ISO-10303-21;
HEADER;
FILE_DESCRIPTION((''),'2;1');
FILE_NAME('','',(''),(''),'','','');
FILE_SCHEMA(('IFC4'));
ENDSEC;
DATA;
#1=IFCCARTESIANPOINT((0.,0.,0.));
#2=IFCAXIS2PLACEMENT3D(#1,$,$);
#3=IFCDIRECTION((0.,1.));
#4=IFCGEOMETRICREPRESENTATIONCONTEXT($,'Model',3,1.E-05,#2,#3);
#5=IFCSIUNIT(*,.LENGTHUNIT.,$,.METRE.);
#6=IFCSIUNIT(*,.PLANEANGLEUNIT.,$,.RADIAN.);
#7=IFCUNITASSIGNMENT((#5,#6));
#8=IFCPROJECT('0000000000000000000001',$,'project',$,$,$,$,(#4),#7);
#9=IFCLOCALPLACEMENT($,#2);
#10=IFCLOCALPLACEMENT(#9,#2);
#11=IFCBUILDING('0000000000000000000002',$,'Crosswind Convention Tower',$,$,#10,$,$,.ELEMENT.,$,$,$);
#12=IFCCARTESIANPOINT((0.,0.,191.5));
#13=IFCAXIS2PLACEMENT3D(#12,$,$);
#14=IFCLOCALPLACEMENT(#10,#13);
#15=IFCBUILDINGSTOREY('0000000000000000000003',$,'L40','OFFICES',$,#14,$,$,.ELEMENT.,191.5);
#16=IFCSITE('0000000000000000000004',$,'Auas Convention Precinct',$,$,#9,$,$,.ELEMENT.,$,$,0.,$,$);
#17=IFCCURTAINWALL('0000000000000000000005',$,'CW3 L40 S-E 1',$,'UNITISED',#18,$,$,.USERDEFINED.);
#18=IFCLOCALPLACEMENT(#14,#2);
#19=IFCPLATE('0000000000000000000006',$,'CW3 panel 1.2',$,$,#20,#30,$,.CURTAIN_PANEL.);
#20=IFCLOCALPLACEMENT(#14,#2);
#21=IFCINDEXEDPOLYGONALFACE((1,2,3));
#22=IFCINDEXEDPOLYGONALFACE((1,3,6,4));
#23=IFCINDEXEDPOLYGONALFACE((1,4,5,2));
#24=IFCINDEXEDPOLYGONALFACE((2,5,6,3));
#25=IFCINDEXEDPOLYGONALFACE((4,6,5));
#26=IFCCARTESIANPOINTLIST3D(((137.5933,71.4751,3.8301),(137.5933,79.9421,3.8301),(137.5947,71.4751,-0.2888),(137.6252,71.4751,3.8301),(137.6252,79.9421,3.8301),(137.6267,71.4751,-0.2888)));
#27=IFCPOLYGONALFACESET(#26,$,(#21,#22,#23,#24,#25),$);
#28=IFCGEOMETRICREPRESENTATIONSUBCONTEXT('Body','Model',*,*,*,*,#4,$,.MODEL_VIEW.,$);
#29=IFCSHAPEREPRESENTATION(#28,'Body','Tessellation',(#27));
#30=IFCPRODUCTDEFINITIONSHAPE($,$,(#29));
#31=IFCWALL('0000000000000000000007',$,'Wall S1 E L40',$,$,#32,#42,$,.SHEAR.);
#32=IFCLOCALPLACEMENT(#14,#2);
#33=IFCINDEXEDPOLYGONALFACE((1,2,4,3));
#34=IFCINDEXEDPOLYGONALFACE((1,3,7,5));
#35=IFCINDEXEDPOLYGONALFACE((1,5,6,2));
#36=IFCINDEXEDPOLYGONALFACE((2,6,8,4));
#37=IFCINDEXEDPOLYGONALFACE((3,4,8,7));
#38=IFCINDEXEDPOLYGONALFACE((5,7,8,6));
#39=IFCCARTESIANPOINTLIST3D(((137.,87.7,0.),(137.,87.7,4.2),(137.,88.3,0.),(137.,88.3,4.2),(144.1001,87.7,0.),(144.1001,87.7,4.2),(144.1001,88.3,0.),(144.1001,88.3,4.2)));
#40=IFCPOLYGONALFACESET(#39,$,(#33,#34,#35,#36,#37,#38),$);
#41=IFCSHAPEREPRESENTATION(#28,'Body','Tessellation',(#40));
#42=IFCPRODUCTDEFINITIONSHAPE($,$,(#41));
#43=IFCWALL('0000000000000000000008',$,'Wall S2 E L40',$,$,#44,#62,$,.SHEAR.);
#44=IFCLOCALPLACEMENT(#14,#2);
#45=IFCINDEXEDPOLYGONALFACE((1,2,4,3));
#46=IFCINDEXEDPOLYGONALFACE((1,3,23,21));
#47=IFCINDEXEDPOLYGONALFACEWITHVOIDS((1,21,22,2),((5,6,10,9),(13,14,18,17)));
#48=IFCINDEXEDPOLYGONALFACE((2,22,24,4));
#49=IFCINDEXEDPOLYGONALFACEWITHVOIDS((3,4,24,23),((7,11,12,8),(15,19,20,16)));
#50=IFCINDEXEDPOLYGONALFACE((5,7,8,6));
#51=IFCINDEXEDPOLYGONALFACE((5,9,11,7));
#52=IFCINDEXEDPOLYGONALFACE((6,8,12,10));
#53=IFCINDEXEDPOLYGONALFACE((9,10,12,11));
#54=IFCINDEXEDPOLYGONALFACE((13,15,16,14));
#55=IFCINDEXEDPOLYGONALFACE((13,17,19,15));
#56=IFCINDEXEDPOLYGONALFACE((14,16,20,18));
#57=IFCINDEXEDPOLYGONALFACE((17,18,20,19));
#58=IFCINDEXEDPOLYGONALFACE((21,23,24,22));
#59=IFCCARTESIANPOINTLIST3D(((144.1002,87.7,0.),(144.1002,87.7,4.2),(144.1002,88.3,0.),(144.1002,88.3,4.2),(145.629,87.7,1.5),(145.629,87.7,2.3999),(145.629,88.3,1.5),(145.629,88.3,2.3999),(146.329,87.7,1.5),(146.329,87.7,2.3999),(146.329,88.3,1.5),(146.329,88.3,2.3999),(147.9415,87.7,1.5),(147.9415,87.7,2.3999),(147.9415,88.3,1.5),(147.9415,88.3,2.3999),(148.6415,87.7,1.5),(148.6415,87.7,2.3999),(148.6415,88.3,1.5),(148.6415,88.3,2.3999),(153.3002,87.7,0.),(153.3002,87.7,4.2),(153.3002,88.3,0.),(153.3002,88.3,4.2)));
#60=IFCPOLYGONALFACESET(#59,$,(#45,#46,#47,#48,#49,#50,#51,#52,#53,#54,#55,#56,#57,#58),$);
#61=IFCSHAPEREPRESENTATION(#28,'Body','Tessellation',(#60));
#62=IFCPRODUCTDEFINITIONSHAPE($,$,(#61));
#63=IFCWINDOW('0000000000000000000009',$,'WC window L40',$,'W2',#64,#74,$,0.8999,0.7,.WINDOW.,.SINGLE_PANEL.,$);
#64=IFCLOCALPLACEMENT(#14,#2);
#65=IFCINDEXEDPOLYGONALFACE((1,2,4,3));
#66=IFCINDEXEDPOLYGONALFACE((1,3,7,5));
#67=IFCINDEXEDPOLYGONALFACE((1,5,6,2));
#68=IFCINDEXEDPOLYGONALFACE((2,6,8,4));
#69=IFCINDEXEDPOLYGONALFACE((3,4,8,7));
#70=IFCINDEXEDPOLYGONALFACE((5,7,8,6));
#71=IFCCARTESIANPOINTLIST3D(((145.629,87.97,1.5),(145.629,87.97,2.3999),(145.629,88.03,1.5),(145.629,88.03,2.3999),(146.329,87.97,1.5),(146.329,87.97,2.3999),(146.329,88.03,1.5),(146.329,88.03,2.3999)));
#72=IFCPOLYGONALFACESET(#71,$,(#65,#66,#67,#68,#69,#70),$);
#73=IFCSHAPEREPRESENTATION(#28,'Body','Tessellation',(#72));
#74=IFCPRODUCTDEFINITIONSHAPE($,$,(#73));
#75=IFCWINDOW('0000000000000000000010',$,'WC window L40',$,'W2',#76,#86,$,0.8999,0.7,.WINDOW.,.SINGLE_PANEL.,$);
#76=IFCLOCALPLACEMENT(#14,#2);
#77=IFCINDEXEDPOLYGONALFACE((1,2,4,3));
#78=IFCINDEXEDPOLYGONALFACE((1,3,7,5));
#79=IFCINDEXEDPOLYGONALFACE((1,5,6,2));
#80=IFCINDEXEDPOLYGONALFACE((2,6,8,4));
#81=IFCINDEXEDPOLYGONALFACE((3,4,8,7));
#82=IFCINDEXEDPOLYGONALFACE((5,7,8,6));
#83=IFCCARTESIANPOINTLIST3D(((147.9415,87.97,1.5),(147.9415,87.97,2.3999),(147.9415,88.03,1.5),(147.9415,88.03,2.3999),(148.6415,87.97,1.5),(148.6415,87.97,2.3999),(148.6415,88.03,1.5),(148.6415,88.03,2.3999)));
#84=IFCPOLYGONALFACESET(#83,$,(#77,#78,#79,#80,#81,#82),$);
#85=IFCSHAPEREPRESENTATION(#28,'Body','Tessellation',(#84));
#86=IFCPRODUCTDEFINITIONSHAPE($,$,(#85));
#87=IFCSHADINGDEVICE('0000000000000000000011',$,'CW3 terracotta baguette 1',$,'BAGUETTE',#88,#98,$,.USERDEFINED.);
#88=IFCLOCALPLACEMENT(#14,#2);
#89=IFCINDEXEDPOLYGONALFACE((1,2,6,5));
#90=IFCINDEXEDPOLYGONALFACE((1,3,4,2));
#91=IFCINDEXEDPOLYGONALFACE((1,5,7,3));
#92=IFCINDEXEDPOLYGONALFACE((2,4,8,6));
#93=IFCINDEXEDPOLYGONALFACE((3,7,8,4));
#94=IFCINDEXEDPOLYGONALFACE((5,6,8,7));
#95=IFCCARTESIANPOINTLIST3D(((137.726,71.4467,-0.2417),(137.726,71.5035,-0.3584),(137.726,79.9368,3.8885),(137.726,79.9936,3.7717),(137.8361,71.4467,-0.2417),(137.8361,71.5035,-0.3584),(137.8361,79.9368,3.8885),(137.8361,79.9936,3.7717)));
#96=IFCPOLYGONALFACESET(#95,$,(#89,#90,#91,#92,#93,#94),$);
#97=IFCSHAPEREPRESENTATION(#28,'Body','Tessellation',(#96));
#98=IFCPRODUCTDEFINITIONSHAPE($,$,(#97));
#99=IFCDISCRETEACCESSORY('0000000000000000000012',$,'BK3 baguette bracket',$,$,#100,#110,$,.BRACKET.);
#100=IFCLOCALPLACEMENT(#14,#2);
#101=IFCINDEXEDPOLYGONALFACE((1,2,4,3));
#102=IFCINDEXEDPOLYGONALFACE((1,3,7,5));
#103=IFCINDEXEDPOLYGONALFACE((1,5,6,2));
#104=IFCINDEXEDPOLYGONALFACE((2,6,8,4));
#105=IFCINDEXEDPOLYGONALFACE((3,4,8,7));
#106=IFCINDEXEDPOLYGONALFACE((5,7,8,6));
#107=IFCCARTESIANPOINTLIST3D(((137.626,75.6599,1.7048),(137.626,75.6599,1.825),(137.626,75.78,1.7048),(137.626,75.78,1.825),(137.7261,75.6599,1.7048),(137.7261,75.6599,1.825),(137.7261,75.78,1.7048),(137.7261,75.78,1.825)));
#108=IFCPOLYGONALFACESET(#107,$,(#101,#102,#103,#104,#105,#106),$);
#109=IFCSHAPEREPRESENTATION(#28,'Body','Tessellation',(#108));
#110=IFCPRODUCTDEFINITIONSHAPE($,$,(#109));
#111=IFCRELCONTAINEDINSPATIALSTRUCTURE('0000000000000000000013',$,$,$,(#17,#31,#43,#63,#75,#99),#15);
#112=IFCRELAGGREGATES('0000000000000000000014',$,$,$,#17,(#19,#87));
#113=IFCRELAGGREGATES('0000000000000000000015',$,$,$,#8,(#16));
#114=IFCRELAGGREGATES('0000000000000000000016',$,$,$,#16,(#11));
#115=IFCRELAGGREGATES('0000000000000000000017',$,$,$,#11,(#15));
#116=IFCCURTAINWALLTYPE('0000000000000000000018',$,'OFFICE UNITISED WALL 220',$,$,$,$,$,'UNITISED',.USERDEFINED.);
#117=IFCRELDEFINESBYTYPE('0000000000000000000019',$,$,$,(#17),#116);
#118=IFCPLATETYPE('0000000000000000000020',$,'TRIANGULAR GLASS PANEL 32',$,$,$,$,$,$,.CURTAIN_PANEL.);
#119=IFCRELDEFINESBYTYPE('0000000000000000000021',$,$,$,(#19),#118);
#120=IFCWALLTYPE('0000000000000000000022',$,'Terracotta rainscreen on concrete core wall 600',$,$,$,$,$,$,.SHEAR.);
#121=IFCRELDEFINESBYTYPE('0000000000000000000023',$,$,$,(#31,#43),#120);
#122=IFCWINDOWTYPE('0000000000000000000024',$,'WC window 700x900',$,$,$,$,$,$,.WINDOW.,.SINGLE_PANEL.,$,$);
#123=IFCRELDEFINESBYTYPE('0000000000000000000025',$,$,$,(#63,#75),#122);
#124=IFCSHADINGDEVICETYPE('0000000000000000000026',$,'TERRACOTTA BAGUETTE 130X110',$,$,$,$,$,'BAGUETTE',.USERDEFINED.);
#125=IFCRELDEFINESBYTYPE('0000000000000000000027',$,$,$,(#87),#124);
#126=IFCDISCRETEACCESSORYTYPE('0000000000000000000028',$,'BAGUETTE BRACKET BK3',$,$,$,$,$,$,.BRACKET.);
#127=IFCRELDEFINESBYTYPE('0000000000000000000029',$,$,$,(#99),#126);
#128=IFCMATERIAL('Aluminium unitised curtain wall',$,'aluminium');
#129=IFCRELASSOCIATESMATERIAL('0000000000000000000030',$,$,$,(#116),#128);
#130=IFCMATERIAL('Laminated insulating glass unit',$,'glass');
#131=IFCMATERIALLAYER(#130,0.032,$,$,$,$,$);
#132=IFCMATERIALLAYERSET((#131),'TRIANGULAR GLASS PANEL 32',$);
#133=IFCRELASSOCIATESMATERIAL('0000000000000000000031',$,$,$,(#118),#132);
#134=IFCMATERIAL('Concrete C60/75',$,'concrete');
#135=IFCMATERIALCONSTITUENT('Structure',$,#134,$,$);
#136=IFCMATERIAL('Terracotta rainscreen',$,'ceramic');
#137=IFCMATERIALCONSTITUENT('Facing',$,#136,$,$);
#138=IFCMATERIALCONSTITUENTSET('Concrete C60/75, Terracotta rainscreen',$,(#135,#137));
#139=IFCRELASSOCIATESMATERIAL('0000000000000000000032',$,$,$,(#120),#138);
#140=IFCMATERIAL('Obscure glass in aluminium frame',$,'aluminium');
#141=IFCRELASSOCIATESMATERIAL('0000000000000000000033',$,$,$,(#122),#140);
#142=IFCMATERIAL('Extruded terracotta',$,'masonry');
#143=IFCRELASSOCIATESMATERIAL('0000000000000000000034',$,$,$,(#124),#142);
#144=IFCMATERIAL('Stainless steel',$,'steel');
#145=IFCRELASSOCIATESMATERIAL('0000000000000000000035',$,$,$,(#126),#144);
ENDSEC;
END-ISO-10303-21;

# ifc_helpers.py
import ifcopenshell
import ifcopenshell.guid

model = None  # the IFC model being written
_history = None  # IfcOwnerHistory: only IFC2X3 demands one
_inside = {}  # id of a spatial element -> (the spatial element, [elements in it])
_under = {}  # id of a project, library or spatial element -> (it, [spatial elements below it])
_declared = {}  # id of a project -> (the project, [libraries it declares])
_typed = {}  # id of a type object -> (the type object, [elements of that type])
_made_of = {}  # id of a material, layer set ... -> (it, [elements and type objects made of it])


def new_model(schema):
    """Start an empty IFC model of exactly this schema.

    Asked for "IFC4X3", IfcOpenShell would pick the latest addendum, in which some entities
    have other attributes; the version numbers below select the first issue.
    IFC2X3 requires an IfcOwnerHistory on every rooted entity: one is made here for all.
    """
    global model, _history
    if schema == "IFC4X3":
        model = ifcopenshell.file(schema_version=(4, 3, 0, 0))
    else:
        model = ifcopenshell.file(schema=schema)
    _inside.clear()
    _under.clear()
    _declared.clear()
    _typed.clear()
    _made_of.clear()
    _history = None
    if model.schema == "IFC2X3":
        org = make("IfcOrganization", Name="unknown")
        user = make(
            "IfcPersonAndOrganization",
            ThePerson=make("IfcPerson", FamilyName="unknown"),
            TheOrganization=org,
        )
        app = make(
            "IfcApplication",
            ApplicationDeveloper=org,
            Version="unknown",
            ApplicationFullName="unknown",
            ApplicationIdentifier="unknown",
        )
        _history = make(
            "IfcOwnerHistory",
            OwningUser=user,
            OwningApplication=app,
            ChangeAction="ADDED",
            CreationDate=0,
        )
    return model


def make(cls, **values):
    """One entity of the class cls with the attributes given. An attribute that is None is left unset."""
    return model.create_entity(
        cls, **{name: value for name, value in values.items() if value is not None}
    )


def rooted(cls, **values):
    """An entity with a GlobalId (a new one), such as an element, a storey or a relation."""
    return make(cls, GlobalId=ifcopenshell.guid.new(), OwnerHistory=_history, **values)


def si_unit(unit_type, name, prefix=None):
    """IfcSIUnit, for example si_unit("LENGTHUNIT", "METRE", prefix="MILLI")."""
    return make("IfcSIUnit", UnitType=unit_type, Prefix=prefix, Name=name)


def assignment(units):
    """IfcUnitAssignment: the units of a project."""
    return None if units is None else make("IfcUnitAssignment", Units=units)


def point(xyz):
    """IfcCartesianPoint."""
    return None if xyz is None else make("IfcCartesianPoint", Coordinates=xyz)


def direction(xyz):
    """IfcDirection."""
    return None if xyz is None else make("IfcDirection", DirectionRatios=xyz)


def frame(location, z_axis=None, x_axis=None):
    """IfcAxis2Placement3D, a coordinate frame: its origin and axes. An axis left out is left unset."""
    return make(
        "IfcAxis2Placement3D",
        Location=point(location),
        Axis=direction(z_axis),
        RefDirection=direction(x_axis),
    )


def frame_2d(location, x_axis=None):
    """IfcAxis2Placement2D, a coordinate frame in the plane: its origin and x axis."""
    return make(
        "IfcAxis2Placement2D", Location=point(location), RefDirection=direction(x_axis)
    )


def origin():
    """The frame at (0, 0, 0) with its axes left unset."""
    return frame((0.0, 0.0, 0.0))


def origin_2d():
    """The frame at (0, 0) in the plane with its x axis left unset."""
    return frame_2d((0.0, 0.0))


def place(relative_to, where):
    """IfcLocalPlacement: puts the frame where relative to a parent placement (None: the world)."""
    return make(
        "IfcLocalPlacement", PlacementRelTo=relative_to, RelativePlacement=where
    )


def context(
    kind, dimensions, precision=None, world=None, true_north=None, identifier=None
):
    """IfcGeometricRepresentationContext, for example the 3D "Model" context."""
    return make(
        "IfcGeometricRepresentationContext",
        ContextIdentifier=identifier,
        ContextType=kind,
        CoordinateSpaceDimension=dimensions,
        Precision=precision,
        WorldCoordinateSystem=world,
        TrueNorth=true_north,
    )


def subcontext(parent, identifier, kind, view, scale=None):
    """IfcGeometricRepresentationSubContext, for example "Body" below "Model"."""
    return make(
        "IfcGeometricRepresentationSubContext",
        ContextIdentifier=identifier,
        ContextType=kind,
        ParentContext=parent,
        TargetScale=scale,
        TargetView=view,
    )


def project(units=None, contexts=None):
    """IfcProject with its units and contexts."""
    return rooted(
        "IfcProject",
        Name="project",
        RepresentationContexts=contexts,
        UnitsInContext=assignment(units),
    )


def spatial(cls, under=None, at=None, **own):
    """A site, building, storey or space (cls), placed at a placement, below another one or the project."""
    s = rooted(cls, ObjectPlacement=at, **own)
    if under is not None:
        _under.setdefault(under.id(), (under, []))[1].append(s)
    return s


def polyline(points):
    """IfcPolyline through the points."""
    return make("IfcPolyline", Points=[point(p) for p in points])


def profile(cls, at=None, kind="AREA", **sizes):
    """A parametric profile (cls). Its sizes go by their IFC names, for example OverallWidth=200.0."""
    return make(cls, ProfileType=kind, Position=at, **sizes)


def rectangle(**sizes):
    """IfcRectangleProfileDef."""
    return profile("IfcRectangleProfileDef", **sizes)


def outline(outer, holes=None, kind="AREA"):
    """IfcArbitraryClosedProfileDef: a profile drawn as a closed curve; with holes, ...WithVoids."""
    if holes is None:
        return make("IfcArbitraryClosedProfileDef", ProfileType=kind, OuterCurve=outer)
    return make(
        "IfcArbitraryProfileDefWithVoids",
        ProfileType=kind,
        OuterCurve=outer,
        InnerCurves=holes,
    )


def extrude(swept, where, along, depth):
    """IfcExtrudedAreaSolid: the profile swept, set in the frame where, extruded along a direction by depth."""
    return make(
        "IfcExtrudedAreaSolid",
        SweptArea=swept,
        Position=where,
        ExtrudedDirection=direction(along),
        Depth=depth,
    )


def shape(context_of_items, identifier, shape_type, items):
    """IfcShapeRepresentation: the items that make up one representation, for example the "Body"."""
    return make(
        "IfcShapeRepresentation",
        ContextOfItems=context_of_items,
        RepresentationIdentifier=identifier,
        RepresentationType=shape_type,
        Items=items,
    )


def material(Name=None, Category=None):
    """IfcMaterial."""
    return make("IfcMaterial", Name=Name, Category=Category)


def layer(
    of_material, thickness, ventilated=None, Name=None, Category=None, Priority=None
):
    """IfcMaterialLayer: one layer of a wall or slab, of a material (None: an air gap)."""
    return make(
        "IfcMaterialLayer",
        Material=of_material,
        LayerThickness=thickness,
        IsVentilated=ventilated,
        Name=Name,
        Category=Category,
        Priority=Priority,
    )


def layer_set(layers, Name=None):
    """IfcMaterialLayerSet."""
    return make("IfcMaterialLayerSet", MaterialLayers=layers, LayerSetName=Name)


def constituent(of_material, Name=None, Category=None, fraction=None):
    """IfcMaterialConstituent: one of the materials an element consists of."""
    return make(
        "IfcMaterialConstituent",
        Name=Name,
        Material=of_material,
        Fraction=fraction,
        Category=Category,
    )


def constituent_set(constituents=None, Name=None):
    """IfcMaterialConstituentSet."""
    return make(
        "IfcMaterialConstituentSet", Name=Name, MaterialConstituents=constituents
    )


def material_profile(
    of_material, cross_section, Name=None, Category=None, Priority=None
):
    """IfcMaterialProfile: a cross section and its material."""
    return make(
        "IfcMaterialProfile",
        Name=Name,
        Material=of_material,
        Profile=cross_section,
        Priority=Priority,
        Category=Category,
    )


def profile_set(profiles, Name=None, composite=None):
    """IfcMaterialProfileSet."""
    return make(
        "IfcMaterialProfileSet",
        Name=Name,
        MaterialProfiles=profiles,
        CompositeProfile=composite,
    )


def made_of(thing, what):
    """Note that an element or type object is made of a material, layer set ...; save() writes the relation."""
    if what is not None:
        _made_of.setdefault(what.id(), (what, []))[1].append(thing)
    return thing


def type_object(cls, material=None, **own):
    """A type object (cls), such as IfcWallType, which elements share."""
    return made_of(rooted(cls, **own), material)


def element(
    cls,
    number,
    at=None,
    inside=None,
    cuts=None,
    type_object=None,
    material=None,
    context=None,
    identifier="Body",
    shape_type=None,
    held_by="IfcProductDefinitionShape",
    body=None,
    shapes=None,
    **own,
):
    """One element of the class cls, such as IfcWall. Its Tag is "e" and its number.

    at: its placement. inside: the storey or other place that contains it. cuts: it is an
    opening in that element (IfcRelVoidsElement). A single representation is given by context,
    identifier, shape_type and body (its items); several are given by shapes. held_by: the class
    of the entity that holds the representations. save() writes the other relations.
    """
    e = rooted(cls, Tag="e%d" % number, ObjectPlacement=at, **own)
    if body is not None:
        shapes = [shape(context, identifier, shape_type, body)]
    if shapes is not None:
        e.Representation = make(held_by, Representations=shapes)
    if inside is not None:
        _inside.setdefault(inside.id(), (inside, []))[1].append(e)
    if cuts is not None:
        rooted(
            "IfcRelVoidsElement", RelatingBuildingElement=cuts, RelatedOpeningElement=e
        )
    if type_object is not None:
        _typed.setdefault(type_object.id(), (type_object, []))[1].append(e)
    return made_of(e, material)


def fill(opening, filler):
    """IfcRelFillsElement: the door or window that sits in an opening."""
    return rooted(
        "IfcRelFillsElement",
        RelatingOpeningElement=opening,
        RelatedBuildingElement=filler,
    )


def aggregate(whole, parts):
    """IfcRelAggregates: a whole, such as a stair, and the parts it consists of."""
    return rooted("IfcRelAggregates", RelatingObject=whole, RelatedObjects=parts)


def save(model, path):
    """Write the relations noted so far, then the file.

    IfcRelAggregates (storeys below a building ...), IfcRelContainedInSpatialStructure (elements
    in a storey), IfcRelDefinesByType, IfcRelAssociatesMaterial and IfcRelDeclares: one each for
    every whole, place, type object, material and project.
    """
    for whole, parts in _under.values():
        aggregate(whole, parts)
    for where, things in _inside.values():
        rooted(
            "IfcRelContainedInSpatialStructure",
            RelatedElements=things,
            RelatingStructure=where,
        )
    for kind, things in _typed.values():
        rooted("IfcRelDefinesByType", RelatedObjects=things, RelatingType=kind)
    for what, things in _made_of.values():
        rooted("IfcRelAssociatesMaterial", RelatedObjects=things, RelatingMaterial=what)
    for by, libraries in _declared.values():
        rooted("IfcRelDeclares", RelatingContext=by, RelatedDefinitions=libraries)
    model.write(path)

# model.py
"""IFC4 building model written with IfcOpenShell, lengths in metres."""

from ifc_helpers import new_model, si_unit, direction, frame, frame_2d, origin, origin_2d, place, context, subcontext, project, spatial, polyline, rectangle, outline, extrude, material, layer, layer_set, constituent, constituent_set, material_profile, profile_set, type_object, element, fill, aggregate, save


model = new_model("IFC4")

# Units and contexts
model_context = context("Model", 3, precision=1e-05, world=origin(), true_north=direction((0.0, 1.0)))
body_context = subcontext(model_context, "Body", "Model", "MODEL_VIEW")
ifc_project = project(units=[si_unit("LENGTHUNIT", "METRE"), si_unit("PLANEANGLEUNIT", "RADIAN")], contexts=[model_context])

# Site, building, storey
site_placement = place(None, origin())
site = spatial("IfcSite", under=ifc_project, at=site_placement, Name="Auas Convention Precinct", CompositionType="ELEMENT", RefElevation=0.0)
building_placement = place(site_placement, origin())
building = spatial("IfcBuilding", under=site, at=building_placement, Name="Crosswind Convention Tower", CompositionType="ELEMENT")
storey_placement = place(building_placement, frame((0.0, 0.0, 191.5)))
storey = spatial("IfcBuildingStorey", under=building, at=storey_placement, Name="L40", Description="OFFICES", CompositionType="ELEMENT", Elevation=191.5)

# Shared definitions
ifc_material_1 = material(Name="Concrete C60/75", Category="concrete")

# Shared definitions
ifc_material_2 = material(Name="Aluminium unitised curtain wall", Category="aluminium")

# Curtain wall
curtain_wall_type_1 = type_object("IfcCurtainWallType", Name="OFFICE UNITISED WALL 220", ElementType="UNITISED", PredefinedType="USERDEFINED", material=ifc_material_2)
curtain_wall_1_placement = place(storey_placement, origin())
curtain_wall_1 = element("IfcCurtainWall", 1, at=curtain_wall_1_placement, inside=storey, type_object=curtain_wall_type_1, Name="CW3 L40 S-E 1", ObjectType="UNITISED", PredefinedType="USERDEFINED")

# Plate
ifc_material_3 = material(Name="Laminated insulating glass unit", Category="glass")
ifc_layer_1 = layer(ifc_material_3, 0.032)
ifc_layer_set_1 = layer_set([ifc_layer_1], Name="TRIANGULAR GLASS PANEL 32")
plate_type_1 = type_object("IfcPlateType", Name="TRIANGULAR GLASS PANEL 32", PredefinedType="CURTAIN_PANEL", material=ifc_layer_set_1)
plate_1_placement = place(storey_placement, frame((137.6252, 71.4751, 3.8301), z_axis=(1.0, 0.0, 0.000356), x_axis=(0.000356, 0.0, -1.0)))
plate_1 = element("IfcPlate", 2, at=plate_1_placement, type_object=plate_type_1, Name="CW3 panel 1.2", PredefinedType="CURTAIN_PANEL", context=body_context, shape_type="SweptSolid", body=[
    extrude(outline(polyline([(0.0, 0.0), (4.1189, 0.0), (0.0, 8.467), (0.0, 0.0)])), origin(), (0.0, 0.0, -1.0), 0.032),
])

# Wall
ifc_constituent_1 = constituent(ifc_material_1, Name="Structure")
ifc_material_4 = material(Name="Terracotta rainscreen", Category="ceramic")
ifc_constituent_2 = constituent(ifc_material_4, Name="Facing")
ifc_constituent_set = constituent_set(constituents=[ifc_constituent_1, ifc_constituent_2], Name="Concrete C60/75, Terracotta rainscreen")
wall_type = type_object("IfcWallType", Name="Terracotta rainscreen on concrete core wall 600", PredefinedType="SHEAR", material=ifc_constituent_set)
wall_1_placement = place(storey_placement, frame((137.0, 88.0, 0.0), z_axis=(0.0, 0.0, 1.0), x_axis=(1.0, 0.0, 0.0)))
element("IfcWall", 3, at=wall_1_placement, inside=storey, type_object=wall_type, Name="Wall S1 E L40", PredefinedType="SHEAR", context=body_context, shape_type="SweptSolid", body=[
    extrude(rectangle(XDim=7.1001, YDim=0.6001, at=frame_2d((3.55, 0.0))), origin(), (0.0, 0.0, 1.0), 4.2),
])

# Wall, openings, windows
wall_2_placement = place(storey_placement, frame((144.1001, 88.0, 0.0), z_axis=(0.0, 0.0, 1.0), x_axis=(1.0, 0.0, 0.0)))
wall_2 = element("IfcWall", 4, at=wall_2_placement, inside=storey, type_object=wall_type, Name="Wall S2 E L40", PredefinedType="SHEAR", context=body_context, shape_type="SweptSolid", body=[
    extrude(rectangle(XDim=9.2, YDim=0.6001, at=frame_2d((4.6001, 0.0))), origin(), (0.0, 0.0, 1.0), 4.2),
])
opening_1_placement = place(wall_2_placement, frame((1.5288, 0.0, 1.5)))
opening_1 = element("IfcOpeningElement", 5, at=opening_1_placement, cuts=wall_2, PredefinedType="OPENING", context=body_context, shape_type="SweptSolid", body=[
    extrude(rectangle(XDim=0.7, YDim=0.8999, at=frame_2d((0.3501, 0.45))), frame((0.0, 0.3101, 0.0), z_axis=(0.0, -1.0, 0.0), x_axis=(1.0, 0.0, 0.0)), (0.0, 0.0, 1.0), 0.6201),
])
opening_2_placement = place(wall_2_placement, frame((3.8413, 0.0, 1.5)))
opening_2 = element("IfcOpeningElement", 6, at=opening_2_placement, cuts=wall_2, PredefinedType="OPENING", context=body_context, shape_type="SweptSolid", body=[
    extrude(rectangle(XDim=0.7, YDim=0.8999, at=frame_2d((0.3501, 0.45))), frame((0.0, 0.3101, 0.0), z_axis=(0.0, -1.0, 0.0), x_axis=(1.0, 0.0, 0.0)), (0.0, 0.0, 1.0), 0.6201),
])
ifc_material_5 = material(Name="Obscure glass in aluminium frame", Category="aluminium")
window_type = type_object("IfcWindowType", Name="WC window 700x900", PartitioningType="SINGLE_PANEL", PredefinedType="WINDOW", material=ifc_material_5)
window_1_placement = place(opening_1_placement, origin())
window_1 = element("IfcWindow", 7, at=window_1_placement, inside=storey, type_object=window_type, Name="WC window L40", ObjectType="W2", OverallHeight=0.8999, OverallWidth=0.7, PartitioningType="SINGLE_PANEL", PredefinedType="WINDOW", context=body_context, shape_type="SweptSolid", body=[
    extrude(rectangle(XDim=0.7, YDim=0.8999, at=frame_2d((0.3501, 0.45))), frame((0.0, 0.03, 0.0), z_axis=(0.0, -1.0, 0.0), x_axis=(1.0, 0.0, 0.0)), (0.0, 0.0, 1.0), 0.0601),
])
fill(opening_1, window_1)
window_2_placement = place(opening_2_placement, origin())
window_2 = element("IfcWindow", 8, at=window_2_placement, inside=storey, type_object=window_type, Name="WC window L40", ObjectType="W2", OverallHeight=0.8999, OverallWidth=0.7, PartitioningType="SINGLE_PANEL", PredefinedType="WINDOW", context=body_context, shape_type="SweptSolid", body=[
    extrude(rectangle(XDim=0.7, YDim=0.8999, at=frame_2d((0.3501, 0.45))), frame((0.0, 0.03, 0.0), z_axis=(0.0, -1.0, 0.0), x_axis=(1.0, 0.0, 0.0)), (0.0, 0.0, 1.0), 0.0601),
])
fill(opening_2, window_2)

# Shading device
ifc_material_6 = material(Name="Extruded terracotta", Category="masonry")
ifc_material_profile_1 = material_profile(ifc_material_6, rectangle(XDim=0.1101, YDim=0.1299, at=origin_2d()), Name="TC 110X130")
ifc_profile_set_1 = profile_set([ifc_material_profile_1], Name="Extruded terracotta")
shading_device_type = type_object("IfcShadingDeviceType", Name="TERRACOTTA BAGUETTE 130X110", ElementType="BAGUETTE", PredefinedType="USERDEFINED", material=ifc_profile_set_1)
shading_device_placement = place(storey_placement, frame((137.781, 71.4751, -0.3), z_axis=(0.0, 0.899241, 0.437454), x_axis=(-1.0, 0.0, 0.0)))
shading_device = element("IfcShadingDevice", 9, at=shading_device_placement, type_object=shading_device_type, Name="CW3 terracotta baguette 1", ObjectType="BAGUETTE", PredefinedType="USERDEFINED", context=body_context, shape_type="SweptSolid", body=[
    extrude(rectangle(XDim=0.1101, YDim=0.1299, at=origin_2d()), origin(), (0.0, 0.0, 1.0), 9.4414),
])
aggregate(curtain_wall_1, [plate_1, shading_device])

# Discrete accessory
ifc_material_7 = material(Name="Stainless steel", Category="steel")
discrete_accessory_type = type_object("IfcDiscreteAccessoryType", Name="BAGUETTE BRACKET BK3", PredefinedType="BRACKET", material=ifc_material_7)
discrete_accessory_placement = place(storey_placement, frame((137.676, 75.72, 1.7048), z_axis=(0.0, 0.0, 1.0), x_axis=(0.0, 1.0, 0.0)))
element("IfcDiscreteAccessory", 10, at=discrete_accessory_placement, inside=storey, type_object=discrete_accessory_type, Name="BK3 baguette bracket", PredefinedType="BRACKET", context=body_context, shape_type="SweptSolid", body=[
    extrude(rectangle(XDim=0.1201, YDim=0.1001, at=origin_2d()), origin(), (0.0, 0.0, 1.0), 0.1201),
])

save(model, "model.ifc")
